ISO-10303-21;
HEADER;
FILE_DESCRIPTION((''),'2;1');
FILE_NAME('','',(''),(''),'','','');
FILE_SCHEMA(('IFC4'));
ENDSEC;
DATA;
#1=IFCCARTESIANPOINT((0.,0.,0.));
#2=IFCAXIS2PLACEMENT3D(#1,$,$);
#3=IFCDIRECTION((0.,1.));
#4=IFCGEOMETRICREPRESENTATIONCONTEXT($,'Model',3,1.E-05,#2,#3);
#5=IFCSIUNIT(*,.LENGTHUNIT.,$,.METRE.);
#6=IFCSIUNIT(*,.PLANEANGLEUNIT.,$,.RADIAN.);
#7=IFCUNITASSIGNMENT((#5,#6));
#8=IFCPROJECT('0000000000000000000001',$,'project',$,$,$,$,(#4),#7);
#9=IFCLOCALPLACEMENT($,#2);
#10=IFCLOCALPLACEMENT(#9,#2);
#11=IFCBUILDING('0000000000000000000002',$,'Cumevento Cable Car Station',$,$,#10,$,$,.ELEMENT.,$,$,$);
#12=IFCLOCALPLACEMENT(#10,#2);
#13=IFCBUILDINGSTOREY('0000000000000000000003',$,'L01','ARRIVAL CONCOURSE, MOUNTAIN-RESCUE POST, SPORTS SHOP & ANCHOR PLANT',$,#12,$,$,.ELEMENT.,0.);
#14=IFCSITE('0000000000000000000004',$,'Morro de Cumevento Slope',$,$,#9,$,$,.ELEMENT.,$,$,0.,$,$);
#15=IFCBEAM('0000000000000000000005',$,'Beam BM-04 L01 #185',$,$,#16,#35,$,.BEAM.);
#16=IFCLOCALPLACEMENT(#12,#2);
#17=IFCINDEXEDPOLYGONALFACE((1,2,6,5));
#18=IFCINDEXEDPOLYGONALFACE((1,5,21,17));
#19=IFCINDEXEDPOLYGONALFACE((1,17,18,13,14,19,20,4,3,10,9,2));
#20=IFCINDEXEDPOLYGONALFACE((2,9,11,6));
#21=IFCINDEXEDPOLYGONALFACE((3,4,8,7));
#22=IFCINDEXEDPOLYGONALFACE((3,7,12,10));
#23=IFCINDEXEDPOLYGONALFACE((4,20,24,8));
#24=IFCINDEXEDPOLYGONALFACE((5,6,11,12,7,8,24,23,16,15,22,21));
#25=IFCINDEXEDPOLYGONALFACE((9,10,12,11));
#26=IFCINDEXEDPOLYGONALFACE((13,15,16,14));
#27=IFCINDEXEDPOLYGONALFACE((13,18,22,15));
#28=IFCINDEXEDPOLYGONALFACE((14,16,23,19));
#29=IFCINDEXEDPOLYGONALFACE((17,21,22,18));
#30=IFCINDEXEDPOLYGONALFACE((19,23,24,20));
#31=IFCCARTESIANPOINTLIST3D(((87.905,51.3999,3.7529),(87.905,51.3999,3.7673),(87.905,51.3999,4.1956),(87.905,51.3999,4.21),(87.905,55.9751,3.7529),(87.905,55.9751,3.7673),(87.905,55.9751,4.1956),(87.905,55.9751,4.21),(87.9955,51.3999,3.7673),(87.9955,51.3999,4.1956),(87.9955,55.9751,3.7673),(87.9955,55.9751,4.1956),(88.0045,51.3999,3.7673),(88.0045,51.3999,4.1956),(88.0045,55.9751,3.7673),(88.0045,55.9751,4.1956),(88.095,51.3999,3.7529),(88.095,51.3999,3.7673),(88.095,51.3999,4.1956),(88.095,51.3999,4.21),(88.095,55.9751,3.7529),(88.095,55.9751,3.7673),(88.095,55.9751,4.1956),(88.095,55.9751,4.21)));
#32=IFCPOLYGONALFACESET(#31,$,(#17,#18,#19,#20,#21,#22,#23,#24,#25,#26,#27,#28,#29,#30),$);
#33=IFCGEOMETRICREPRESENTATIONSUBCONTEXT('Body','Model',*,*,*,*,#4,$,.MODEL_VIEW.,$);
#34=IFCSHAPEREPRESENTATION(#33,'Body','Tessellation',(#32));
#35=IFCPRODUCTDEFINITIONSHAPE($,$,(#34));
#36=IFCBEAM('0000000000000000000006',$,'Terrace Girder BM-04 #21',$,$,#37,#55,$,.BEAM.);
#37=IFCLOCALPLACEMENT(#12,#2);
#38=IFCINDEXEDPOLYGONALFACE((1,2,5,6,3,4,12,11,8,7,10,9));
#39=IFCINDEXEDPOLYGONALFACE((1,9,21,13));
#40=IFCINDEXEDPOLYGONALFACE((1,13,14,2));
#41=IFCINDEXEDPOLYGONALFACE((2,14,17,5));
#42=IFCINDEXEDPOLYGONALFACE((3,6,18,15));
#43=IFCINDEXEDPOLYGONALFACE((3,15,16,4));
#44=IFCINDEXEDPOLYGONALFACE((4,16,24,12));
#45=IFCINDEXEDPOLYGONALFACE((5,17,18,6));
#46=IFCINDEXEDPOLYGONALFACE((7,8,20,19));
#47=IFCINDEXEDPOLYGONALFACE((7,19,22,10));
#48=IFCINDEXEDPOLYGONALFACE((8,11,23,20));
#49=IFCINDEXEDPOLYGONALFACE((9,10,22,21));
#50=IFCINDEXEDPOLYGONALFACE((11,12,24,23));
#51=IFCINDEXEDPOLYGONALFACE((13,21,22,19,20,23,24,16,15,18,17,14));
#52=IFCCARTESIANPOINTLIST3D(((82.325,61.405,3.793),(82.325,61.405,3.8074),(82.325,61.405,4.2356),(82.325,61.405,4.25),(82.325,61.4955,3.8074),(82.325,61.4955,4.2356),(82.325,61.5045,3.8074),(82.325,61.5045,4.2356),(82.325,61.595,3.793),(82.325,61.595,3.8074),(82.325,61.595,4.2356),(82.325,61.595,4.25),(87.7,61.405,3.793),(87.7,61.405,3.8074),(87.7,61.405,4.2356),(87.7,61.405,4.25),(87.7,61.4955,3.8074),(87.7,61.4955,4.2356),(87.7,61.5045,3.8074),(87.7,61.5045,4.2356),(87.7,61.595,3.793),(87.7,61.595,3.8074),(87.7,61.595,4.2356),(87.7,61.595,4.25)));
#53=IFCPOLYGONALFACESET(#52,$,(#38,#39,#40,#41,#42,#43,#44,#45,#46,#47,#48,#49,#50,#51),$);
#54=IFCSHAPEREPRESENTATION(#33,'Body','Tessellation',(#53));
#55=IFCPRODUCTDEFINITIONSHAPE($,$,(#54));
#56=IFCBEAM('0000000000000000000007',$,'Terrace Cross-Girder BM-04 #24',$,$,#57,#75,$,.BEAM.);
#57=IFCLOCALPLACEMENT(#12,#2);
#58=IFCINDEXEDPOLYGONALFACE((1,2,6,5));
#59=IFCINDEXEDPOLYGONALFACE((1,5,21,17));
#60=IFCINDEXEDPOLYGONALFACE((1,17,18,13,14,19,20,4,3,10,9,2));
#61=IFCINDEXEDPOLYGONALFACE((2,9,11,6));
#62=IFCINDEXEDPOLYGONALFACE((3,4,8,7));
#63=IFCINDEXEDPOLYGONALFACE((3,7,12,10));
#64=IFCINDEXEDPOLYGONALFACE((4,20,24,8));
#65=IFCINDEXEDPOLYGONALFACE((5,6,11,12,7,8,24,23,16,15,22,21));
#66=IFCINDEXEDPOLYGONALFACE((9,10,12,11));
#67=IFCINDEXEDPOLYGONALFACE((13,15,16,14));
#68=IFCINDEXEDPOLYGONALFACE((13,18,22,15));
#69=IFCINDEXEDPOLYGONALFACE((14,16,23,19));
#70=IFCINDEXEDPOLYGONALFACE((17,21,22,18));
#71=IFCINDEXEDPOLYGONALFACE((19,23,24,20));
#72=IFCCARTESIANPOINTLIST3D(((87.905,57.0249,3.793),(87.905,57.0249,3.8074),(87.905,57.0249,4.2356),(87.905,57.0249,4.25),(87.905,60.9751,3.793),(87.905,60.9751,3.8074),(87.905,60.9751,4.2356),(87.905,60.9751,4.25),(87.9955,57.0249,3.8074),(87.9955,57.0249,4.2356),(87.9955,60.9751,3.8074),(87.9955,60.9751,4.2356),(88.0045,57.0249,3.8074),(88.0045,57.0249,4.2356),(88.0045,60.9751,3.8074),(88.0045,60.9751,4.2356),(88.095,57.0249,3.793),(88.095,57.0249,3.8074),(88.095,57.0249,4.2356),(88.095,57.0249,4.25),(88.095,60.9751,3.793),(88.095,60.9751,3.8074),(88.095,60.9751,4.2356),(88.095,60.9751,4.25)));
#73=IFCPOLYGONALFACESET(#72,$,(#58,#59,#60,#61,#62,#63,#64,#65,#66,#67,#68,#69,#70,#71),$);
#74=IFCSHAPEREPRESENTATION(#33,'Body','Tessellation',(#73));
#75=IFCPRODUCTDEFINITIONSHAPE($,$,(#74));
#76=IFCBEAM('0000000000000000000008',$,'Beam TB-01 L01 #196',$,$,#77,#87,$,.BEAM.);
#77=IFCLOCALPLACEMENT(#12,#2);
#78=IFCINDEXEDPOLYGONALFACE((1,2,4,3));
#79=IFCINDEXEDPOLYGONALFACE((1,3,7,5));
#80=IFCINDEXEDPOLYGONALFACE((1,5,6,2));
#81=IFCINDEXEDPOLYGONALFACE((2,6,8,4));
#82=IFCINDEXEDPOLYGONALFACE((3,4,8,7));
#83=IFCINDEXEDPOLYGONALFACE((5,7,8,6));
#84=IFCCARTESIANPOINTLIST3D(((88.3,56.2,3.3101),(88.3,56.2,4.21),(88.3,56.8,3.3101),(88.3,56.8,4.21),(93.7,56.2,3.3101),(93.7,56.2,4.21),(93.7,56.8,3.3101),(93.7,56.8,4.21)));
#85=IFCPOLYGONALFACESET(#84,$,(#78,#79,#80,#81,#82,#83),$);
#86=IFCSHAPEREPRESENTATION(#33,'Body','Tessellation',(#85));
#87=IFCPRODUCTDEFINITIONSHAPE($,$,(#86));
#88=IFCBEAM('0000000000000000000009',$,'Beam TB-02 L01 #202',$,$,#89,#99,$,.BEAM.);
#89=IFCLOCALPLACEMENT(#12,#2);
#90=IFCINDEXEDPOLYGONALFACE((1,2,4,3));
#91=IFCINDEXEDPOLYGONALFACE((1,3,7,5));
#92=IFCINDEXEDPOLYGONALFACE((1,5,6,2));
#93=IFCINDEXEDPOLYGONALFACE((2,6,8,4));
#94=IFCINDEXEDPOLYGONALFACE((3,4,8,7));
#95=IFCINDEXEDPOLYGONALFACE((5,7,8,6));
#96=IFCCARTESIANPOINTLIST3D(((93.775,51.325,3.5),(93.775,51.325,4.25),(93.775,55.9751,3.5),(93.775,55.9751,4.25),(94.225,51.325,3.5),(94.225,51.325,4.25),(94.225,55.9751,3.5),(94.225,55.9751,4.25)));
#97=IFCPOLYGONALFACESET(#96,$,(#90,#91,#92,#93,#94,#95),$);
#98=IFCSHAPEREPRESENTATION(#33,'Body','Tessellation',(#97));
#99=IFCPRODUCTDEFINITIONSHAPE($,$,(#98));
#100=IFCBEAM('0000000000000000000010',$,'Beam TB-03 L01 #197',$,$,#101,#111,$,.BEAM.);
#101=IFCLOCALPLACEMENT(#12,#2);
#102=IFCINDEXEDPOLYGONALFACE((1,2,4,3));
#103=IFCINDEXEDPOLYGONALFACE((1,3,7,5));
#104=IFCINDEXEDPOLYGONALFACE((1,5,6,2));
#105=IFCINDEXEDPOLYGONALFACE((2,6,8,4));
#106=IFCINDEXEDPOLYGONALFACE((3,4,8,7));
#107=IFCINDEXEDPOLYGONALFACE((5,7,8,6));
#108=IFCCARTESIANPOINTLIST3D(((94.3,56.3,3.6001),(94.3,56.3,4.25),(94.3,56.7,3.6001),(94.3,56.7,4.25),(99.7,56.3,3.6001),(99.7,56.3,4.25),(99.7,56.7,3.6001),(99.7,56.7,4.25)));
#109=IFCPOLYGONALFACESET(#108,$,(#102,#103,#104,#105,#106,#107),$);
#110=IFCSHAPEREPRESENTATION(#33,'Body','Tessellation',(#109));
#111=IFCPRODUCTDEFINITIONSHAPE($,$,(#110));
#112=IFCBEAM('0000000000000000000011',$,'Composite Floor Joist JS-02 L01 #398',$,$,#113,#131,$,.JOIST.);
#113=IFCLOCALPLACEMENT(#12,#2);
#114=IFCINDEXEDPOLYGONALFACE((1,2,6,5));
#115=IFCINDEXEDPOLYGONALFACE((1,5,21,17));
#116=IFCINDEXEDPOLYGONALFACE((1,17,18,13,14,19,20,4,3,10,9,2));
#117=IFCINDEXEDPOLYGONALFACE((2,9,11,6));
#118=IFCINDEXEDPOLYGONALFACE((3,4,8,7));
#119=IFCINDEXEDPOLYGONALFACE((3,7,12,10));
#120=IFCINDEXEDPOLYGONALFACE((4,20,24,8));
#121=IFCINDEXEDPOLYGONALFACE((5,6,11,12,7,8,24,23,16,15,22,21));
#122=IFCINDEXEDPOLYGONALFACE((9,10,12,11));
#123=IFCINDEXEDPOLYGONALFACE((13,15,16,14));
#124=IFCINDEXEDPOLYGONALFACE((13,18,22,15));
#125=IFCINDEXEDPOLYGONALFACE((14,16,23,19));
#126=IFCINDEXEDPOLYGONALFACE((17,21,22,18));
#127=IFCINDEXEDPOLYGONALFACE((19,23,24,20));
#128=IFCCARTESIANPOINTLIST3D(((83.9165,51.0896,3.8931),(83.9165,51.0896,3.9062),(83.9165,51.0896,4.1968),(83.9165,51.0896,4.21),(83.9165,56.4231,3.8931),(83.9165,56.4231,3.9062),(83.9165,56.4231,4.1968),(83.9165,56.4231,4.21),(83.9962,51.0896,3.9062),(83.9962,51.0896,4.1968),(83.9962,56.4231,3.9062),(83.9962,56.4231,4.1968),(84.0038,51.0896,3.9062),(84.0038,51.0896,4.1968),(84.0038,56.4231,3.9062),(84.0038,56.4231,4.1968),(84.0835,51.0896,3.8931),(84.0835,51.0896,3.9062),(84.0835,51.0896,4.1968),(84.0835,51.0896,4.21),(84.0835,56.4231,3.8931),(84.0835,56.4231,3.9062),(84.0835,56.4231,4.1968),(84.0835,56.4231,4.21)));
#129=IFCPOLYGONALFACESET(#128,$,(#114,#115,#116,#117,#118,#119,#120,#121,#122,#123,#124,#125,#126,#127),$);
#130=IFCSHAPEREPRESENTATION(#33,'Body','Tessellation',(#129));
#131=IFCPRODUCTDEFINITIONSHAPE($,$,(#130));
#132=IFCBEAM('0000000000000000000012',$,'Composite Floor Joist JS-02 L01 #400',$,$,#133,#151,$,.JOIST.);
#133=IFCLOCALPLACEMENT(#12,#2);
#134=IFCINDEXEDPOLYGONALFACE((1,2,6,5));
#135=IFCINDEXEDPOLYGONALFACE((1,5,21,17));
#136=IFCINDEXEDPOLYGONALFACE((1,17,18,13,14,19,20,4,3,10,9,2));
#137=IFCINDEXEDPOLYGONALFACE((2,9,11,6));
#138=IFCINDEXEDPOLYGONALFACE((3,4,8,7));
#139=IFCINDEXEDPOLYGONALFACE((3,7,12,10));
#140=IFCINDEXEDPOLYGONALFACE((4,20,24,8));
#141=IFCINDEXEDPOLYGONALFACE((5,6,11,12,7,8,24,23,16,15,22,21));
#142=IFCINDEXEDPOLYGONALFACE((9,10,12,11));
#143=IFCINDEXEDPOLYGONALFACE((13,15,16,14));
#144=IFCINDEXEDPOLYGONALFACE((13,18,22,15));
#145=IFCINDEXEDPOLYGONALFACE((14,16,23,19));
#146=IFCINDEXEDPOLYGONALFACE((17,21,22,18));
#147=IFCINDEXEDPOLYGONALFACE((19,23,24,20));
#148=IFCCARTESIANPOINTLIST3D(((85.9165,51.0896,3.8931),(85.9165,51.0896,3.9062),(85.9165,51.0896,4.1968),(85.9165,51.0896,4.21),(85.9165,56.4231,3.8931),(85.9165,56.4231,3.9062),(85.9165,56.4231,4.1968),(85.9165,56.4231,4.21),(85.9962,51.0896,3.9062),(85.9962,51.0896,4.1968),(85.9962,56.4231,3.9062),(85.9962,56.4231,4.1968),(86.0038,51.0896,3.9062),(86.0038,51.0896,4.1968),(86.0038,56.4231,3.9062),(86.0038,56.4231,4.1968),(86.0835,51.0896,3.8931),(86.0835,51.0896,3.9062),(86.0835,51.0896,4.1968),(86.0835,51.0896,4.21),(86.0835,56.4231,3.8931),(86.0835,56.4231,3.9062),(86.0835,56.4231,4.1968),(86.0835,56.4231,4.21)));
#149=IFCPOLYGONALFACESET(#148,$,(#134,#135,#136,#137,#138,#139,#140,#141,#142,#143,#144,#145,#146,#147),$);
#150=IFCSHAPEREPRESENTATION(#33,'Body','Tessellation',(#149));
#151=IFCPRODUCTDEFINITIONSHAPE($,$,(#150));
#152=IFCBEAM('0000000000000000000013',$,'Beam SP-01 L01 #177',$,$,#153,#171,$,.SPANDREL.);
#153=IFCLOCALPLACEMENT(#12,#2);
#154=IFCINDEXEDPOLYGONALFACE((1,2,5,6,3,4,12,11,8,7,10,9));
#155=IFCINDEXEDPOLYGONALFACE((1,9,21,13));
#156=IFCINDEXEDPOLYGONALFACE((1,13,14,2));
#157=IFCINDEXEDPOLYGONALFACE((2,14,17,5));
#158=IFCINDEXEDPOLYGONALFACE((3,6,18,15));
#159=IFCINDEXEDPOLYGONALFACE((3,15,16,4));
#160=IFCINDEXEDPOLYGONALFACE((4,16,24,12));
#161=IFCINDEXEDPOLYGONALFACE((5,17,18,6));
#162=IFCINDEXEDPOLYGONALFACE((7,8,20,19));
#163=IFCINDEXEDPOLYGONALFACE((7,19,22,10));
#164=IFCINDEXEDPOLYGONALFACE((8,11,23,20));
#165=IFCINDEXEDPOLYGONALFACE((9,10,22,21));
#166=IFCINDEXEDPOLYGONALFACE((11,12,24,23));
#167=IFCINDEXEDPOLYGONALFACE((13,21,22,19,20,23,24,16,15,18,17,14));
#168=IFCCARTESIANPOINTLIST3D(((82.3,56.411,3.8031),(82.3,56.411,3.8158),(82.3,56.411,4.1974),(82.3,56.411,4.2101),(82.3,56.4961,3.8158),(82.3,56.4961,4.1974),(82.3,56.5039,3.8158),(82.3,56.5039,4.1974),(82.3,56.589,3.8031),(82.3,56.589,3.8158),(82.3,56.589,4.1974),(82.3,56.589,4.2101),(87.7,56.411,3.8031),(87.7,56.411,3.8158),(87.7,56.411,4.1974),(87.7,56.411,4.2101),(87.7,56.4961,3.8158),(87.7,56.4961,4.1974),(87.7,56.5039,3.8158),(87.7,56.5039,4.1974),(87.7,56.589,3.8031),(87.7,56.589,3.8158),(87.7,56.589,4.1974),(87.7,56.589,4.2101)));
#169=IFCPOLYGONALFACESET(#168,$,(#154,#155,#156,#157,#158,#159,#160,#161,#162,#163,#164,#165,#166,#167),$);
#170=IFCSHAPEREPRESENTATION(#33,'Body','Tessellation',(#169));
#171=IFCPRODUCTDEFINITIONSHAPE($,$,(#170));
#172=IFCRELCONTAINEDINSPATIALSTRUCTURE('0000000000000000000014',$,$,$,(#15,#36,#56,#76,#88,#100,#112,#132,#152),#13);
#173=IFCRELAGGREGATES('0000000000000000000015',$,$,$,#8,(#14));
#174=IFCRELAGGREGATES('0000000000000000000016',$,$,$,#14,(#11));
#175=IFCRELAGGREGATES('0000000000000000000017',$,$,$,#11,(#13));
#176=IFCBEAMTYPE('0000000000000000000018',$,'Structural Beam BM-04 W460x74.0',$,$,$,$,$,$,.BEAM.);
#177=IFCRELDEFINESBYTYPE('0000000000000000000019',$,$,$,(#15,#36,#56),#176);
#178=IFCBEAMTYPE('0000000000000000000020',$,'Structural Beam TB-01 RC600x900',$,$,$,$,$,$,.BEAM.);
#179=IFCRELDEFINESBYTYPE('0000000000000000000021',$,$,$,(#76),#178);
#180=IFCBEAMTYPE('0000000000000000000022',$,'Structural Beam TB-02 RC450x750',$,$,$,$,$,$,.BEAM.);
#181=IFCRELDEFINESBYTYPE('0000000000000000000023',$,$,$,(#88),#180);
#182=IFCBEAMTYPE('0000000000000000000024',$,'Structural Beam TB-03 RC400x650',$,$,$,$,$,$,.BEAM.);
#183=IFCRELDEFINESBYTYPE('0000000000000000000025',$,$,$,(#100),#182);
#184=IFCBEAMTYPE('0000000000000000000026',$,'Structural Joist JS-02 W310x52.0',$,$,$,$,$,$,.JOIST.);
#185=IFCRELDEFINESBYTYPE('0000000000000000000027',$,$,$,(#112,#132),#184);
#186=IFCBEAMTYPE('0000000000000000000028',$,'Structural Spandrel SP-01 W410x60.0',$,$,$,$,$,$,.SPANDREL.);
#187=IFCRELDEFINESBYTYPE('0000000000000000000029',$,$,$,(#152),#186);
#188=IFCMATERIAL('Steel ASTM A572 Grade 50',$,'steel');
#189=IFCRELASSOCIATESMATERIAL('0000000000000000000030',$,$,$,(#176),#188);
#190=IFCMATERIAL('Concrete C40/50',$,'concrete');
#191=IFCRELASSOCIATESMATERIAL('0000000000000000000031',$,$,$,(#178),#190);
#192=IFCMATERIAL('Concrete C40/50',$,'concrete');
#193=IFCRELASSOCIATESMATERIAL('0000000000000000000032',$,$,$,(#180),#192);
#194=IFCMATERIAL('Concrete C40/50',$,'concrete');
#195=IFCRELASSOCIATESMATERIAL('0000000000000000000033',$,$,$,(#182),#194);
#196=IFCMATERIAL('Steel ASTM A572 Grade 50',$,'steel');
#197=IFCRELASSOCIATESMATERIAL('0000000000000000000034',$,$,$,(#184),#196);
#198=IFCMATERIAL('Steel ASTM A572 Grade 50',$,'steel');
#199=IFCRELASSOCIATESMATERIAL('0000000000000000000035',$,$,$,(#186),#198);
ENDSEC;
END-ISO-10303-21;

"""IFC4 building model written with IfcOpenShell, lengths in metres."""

from ifc_helpers import new_model, si_unit, direction, frame, origin, origin_2d, place, context, subcontext, project, spatial, rectangle, i_section, extrude, material, material_profile, profile_set, type_object, element, save


model = new_model("IFC4")

# Units and contexts
model_context = context("Model", 3, precision=1e-05, world=origin(), true_north=direction((0.0, 1.0)))
body_context = subcontext(model_context, "Body", "Model", "MODEL_VIEW")
ifc_project = project(units=[si_unit("LENGTHUNIT", "METRE"), si_unit("PLANEANGLEUNIT", "RADIAN")], contexts=[model_context])

# Site, building, storey
site_placement = place(None, origin())
site = spatial("IfcSite", under=ifc_project, at=site_placement, Name="Morro de Cumevento Slope", CompositionType="ELEMENT", RefElevation=0.0)
building_placement = place(site_placement, origin())
building = spatial("IfcBuilding", under=site, at=building_placement, Name="Cumevento Cable Car Station", CompositionType="ELEMENT")
storey_placement = place(building_placement, origin())
storey = spatial("IfcBuildingStorey", under=building, at=storey_placement, Name="L01", Description="ARRIVAL CONCOURSE, MOUNTAIN-RESCUE POST, SPORTS SHOP & ANCHOR PLANT", CompositionType="ELEMENT", Elevation=0.0)

# Beams
ifc_material_1 = material(Name="Steel ASTM A572 Grade 50", Category="steel")
ifc_material_profile_1 = material_profile(ifc_material_1, i_section(OverallWidth=0.1899, OverallDepth=0.457, WebThickness=0.009, FlangeThickness=0.0144, at=origin_2d()), Name="W460x74.0")
ifc_profile_set_1 = profile_set([ifc_material_profile_1], Name="Steel ASTM A572 Grade 50")
beam_type_1 = type_object("IfcBeamType", Name="Structural Beam BM-04 W460x74.0", PredefinedType="BEAM", material=ifc_profile_set_1)
beam_1_placement = place(storey_placement, frame((88.0, 51.3999, 3.9814), z_axis=(0.0, 1.0, 0.0), x_axis=(-1.0, 0.0, 0.0)))
element("IfcBeam", 1, at=beam_1_placement, inside=storey, type_object=beam_type_1, Name="Beam BM-04 L01 #185", PredefinedType="BEAM", context=body_context, shape_type="SweptSolid", body=[
    extrude(i_section(OverallWidth=0.1899, OverallDepth=0.457, WebThickness=0.009, FlangeThickness=0.0144, at=origin_2d()), origin(), (0.0, 0.0, 1.0), 4.5752),
])
beam_2_placement = place(storey_placement, frame((82.325, 61.5, 4.0215), z_axis=(1.0, 0.0, 0.0), x_axis=(0.0, 1.0, 0.0)))
element("IfcBeam", 2, at=beam_2_placement, inside=storey, type_object=beam_type_1, Name="Terrace Girder BM-04 #21", PredefinedType="BEAM", context=body_context, shape_type="SweptSolid", body=[
    extrude(i_section(OverallWidth=0.1899, OverallDepth=0.457, WebThickness=0.009, FlangeThickness=0.0144, at=origin_2d()), origin(), (0.0, 0.0, 1.0), 5.375),
])
beam_3_placement = place(storey_placement, frame((88.0, 57.0249, 4.0215), z_axis=(0.0, 1.0, 0.0), x_axis=(-1.0, 0.0, 0.0)))
element("IfcBeam", 3, at=beam_3_placement, inside=storey, type_object=beam_type_1, Name="Terrace Cross-Girder BM-04 #24", PredefinedType="BEAM", context=body_context, shape_type="SweptSolid", body=[
    extrude(i_section(OverallWidth=0.1899, OverallDepth=0.457, WebThickness=0.009, FlangeThickness=0.0144, at=origin_2d()), origin(), (0.0, 0.0, 1.0), 3.9502),
])
ifc_material_2 = material(Name="Concrete C40/50", Category="concrete")
ifc_material_profile_2 = material_profile(ifc_material_2, rectangle(XDim=0.6001, YDim=0.8999, at=origin_2d()), Name="RC600x900")
ifc_profile_set_2 = profile_set([ifc_material_profile_2], Name="Concrete C40/50")
beam_type_2 = type_object("IfcBeamType", Name="Structural Beam TB-01 RC600x900", PredefinedType="BEAM", material=ifc_profile_set_2)
beam_4_placement = place(storey_placement, frame((88.3, 56.5, 3.76), z_axis=(1.0, 0.0, 0.0), x_axis=(0.0, 1.0, 0.0)))
element("IfcBeam", 4, at=beam_4_placement, inside=storey, type_object=beam_type_2, Name="Beam TB-01 L01 #196", PredefinedType="BEAM", context=body_context, shape_type="SweptSolid", body=[
    extrude(rectangle(XDim=0.6001, YDim=0.8999, at=origin_2d()), origin(), (0.0, 0.0, 1.0), 5.3999),
])
ifc_material_3 = material(Name="Concrete C40/50", Category="concrete")
ifc_material_profile_3 = material_profile(ifc_material_3, rectangle(XDim=0.45, YDim=0.75, at=origin_2d()), Name="RC450x750")
ifc_profile_set_3 = profile_set([ifc_material_profile_3], Name="Concrete C40/50")
beam_type_3 = type_object("IfcBeamType", Name="Structural Beam TB-02 RC450x750", PredefinedType="BEAM", material=ifc_profile_set_3)
beam_5_placement = place(storey_placement, frame((94.0, 51.325, 3.875), z_axis=(0.0, 1.0, 0.0), x_axis=(-1.0, 0.0, 0.0)))
element("IfcBeam", 5, at=beam_5_placement, inside=storey, type_object=beam_type_3, Name="Beam TB-02 L01 #202", PredefinedType="BEAM", context=body_context, shape_type="SweptSolid", body=[
    extrude(rectangle(XDim=0.45, YDim=0.75, at=origin_2d()), origin(), (0.0, 0.0, 1.0), 4.6501),
])
ifc_material_4 = material(Name="Concrete C40/50", Category="concrete")
ifc_material_profile_4 = material_profile(ifc_material_4, rectangle(XDim=0.3999, YDim=0.6499, at=origin_2d()), Name="RC400x650")
ifc_profile_set_4 = profile_set([ifc_material_profile_4], Name="Concrete C40/50")
beam_type_4 = type_object("IfcBeamType", Name="Structural Beam TB-03 RC400x650", PredefinedType="BEAM", material=ifc_profile_set_4)
beam_6_placement = place(storey_placement, frame((94.3, 56.5, 3.925), z_axis=(1.0, 0.0, 0.0), x_axis=(0.0, 1.0, 0.0)))
element("IfcBeam", 6, at=beam_6_placement, inside=storey, type_object=beam_type_4, Name="Beam TB-03 L01 #197", PredefinedType="BEAM", context=body_context, shape_type="SweptSolid", body=[
    extrude(rectangle(XDim=0.3999, YDim=0.6499, at=origin_2d()), origin(), (0.0, 0.0, 1.0), 5.3999),
])
ifc_material_5 = material(Name="Steel ASTM A572 Grade 50", Category="steel")
ifc_material_profile_5 = material_profile(ifc_material_5, i_section(OverallWidth=0.167, OverallDepth=0.3169, WebThickness=0.0076, FlangeThickness=0.0132, at=origin_2d()), Name="W310x52.0")
ifc_profile_set_5 = profile_set([ifc_material_profile_5], Name="Steel ASTM A572 Grade 50")
beam_type_5 = type_object("IfcBeamType", Name="Structural Joist JS-02 W310x52.0", PredefinedType="JOIST", material=ifc_profile_set_5)
for number, where, z_axis, x_axis, name in (
    (7, (84.0, 51.0896, 4.0515), (0.0, 1.0, 0.0), (-1.0, 0.0, 0.0), "Composite Floor Joist JS-02 L01 #398"),
    (8, (86.0, 51.0896, 4.0515), (0.0, 1.0, 0.0), (-1.0, 0.0, 0.0), "Composite Floor Joist JS-02 L01 #400"),
):
    element("IfcBeam", number, at=place(storey_placement, frame(where, z_axis=z_axis, x_axis=x_axis)), inside=storey, type_object=beam_type_5, Name=name, PredefinedType="JOIST", context=body_context, shape_type="SweptSolid", body=[
        extrude(i_section(OverallWidth=0.167, OverallDepth=0.3169, WebThickness=0.0076, FlangeThickness=0.0132, at=origin_2d()), origin(), (0.0, 0.0, 1.0), 5.3335),
    ])
ifc_material_6 = material(Name="Steel ASTM A572 Grade 50", Category="steel")
ifc_material_profile_6 = material_profile(ifc_material_6, i_section(OverallWidth=0.178, OverallDepth=0.407, WebThickness=0.0078, FlangeThickness=0.0127, at=origin_2d()), Name="W410x60.0")
ifc_profile_set_6 = profile_set([ifc_material_profile_6], Name="Steel ASTM A572 Grade 50")
beam_type_6 = type_object("IfcBeamType", Name="Structural Spandrel SP-01 W410x60.0", PredefinedType="SPANDREL", material=ifc_profile_set_6)
beam_7_placement = place(storey_placement, frame((82.3, 56.5, 4.0066), z_axis=(1.0, 0.0, 0.0), x_axis=(0.0, 1.0, 0.0)))
element("IfcBeam", 9, at=beam_7_placement, inside=storey, type_object=beam_type_6, Name="Beam SP-01 L01 #177", PredefinedType="SPANDREL", context=body_context, shape_type="SweptSolid", body=[
    extrude(i_section(OverallWidth=0.178, OverallDepth=0.407, WebThickness=0.0078, FlangeThickness=0.0127, at=origin_2d()), origin(), (0.0, 0.0, 1.0), 5.3999),
])

save(model, "model.ifc")
